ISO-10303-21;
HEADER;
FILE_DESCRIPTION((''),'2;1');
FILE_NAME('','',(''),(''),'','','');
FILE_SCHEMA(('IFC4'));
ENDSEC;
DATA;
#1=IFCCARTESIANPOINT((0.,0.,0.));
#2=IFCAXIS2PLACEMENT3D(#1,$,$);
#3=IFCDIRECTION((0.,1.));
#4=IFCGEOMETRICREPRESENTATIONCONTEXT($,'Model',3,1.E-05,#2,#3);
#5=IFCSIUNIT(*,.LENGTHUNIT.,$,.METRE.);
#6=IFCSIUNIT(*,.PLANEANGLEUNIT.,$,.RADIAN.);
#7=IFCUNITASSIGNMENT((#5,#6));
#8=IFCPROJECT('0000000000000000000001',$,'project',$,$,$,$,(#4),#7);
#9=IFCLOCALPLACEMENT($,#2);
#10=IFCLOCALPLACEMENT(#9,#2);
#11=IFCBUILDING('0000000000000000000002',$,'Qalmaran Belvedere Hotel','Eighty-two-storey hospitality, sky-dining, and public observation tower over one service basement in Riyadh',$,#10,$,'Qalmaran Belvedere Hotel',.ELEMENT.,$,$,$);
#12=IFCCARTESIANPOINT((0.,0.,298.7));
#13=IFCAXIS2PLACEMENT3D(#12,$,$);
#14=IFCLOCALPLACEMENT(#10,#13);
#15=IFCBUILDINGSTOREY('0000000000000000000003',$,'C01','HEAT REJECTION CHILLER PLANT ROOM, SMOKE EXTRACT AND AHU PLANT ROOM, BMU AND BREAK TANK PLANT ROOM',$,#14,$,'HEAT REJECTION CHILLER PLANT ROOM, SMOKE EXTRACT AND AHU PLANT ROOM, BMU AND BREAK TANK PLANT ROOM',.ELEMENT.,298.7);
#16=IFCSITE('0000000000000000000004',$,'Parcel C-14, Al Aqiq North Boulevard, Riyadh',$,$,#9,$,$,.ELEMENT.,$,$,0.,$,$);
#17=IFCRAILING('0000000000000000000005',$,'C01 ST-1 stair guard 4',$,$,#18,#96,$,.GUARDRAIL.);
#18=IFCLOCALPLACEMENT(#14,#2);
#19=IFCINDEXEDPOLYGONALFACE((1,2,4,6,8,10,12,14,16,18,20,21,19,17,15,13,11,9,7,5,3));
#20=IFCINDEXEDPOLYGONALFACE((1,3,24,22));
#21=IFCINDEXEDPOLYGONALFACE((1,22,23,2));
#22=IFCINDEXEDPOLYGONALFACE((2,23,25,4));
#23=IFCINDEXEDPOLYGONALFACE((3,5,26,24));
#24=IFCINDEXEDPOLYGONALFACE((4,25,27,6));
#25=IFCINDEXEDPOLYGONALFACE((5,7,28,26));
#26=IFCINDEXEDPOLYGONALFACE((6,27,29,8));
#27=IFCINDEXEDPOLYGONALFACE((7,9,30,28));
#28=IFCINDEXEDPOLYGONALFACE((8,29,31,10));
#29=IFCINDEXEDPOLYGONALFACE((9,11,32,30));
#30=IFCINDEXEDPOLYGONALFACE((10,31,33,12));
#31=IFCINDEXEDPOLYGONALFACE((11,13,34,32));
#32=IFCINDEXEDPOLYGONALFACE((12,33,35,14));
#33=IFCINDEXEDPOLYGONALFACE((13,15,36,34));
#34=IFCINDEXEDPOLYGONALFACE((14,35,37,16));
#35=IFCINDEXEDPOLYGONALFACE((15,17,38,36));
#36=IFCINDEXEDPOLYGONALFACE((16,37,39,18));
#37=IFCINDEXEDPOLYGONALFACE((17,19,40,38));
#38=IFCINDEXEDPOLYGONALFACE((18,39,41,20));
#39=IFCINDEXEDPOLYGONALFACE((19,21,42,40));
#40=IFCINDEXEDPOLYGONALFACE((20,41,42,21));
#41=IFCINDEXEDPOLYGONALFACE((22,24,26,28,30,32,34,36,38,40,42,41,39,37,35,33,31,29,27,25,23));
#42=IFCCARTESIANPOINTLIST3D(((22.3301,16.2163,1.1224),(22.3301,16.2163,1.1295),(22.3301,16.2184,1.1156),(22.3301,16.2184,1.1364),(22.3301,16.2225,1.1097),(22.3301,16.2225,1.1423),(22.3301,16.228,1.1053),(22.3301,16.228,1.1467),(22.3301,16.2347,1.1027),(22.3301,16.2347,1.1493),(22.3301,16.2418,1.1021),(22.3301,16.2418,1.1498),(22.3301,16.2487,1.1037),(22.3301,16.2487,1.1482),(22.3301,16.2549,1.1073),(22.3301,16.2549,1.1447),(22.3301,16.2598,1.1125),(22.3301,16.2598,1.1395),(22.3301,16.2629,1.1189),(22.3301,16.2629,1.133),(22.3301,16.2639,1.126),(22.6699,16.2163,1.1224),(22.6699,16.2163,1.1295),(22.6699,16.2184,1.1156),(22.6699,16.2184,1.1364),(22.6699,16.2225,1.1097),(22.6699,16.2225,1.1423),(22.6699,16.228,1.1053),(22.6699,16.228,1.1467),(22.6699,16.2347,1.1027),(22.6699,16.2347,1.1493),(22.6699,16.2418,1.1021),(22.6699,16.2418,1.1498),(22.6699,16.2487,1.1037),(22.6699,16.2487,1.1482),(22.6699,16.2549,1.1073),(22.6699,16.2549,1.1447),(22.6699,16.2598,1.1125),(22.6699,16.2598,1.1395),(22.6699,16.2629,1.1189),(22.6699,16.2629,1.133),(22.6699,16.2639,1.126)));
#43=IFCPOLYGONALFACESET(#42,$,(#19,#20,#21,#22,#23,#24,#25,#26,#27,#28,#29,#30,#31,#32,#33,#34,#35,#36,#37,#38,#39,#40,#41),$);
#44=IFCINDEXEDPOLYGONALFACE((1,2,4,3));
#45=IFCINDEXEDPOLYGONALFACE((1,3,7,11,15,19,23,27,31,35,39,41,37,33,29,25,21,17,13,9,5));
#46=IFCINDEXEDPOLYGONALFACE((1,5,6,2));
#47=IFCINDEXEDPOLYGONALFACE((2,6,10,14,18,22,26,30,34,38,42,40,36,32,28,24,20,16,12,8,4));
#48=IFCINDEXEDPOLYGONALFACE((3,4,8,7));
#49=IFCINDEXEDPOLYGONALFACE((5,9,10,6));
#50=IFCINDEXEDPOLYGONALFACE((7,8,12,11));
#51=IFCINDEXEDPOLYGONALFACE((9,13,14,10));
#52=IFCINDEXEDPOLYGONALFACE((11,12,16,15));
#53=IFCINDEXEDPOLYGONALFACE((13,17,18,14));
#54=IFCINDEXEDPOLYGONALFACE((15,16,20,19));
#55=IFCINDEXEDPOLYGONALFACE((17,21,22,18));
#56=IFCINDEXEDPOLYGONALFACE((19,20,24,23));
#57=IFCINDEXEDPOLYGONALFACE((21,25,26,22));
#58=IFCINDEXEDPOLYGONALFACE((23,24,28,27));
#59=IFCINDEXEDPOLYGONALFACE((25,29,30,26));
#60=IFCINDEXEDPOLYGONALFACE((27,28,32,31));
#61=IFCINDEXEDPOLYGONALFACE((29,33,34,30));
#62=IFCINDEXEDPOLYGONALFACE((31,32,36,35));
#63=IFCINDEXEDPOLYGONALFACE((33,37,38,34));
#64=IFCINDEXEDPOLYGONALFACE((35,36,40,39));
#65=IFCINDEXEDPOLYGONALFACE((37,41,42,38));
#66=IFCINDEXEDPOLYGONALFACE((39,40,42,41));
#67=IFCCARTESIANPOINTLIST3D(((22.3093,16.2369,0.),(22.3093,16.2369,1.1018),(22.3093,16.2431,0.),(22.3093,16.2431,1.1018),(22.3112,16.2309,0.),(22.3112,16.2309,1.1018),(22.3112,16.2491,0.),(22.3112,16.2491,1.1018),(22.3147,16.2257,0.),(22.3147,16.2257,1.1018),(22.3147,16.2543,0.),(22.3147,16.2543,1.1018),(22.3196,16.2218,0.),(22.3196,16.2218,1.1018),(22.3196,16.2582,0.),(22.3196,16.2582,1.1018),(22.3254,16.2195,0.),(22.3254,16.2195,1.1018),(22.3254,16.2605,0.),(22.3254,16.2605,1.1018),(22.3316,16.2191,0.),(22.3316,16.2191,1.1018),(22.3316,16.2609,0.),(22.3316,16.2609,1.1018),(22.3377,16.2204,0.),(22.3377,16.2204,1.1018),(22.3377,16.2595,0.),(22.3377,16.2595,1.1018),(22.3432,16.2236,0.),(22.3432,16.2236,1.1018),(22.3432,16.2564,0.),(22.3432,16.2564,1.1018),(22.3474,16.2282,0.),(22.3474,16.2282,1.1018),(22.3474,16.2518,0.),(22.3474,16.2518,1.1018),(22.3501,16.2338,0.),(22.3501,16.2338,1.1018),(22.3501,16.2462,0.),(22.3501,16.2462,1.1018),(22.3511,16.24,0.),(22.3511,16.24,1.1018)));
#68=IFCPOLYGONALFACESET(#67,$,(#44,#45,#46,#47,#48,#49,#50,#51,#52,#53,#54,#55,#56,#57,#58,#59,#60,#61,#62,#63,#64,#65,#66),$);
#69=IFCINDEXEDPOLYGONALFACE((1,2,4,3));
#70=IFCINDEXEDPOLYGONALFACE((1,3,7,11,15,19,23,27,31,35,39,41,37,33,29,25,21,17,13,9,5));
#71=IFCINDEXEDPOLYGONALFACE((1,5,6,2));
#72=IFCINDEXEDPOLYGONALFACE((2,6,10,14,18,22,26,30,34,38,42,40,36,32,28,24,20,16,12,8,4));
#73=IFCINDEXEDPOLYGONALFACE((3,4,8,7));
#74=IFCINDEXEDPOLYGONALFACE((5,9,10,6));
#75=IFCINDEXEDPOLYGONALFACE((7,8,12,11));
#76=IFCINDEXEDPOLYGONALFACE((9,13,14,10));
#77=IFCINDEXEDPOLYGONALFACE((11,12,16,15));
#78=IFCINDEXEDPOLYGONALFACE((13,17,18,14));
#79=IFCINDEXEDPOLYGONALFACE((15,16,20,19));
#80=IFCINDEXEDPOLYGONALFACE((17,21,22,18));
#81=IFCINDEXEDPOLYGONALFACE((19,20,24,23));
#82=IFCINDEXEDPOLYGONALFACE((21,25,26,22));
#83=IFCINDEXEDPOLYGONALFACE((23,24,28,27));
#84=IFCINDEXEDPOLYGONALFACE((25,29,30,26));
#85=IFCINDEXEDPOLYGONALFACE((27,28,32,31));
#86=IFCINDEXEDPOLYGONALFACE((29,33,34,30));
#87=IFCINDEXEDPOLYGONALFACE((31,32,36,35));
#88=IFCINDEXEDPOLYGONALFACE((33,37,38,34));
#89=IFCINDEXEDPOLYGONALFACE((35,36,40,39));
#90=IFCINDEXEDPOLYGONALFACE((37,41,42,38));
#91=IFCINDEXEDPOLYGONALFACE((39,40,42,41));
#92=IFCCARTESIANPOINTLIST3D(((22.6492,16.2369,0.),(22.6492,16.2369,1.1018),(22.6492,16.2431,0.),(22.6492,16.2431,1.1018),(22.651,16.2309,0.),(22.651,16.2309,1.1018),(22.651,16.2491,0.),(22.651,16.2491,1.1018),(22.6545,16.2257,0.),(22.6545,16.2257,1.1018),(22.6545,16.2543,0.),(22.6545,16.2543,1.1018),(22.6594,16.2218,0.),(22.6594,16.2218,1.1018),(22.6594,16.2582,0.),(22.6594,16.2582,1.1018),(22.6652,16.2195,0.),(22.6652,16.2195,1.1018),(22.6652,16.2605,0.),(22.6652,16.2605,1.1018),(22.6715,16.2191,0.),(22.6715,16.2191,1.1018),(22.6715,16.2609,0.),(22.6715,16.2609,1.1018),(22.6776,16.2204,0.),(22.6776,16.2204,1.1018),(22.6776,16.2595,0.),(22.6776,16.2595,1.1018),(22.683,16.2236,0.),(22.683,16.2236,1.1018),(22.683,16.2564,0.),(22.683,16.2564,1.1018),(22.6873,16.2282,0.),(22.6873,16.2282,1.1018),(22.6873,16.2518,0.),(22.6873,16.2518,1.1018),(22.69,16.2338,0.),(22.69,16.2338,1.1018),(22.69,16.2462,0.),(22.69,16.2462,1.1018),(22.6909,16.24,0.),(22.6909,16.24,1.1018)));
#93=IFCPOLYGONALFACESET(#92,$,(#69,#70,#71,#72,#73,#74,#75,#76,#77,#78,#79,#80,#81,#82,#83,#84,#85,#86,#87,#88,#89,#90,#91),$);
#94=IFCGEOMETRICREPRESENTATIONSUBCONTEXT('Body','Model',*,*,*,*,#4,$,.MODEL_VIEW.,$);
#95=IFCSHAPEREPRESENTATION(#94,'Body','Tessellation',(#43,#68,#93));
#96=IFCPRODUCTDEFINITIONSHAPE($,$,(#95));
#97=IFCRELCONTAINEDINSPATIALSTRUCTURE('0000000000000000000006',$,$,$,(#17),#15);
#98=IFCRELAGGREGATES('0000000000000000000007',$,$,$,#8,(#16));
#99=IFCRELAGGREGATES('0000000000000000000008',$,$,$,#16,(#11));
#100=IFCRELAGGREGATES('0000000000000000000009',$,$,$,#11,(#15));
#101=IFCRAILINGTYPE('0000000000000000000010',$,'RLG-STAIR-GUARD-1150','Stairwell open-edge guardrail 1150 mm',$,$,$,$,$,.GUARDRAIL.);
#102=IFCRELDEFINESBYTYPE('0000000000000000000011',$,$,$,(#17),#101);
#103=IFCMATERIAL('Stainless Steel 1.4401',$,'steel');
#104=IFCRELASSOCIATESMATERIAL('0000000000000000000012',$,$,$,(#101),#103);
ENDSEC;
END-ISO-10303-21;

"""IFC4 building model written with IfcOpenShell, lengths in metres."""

from ifc_helpers import new_model, si_unit, direction, frame, origin, origin_2d, place, context, subcontext, project, spatial, circle, extrude, material, type_object, element, save


model = new_model("IFC4")

# Units and contexts
model_context = context("Model", 3, precision=1e-05, world=origin(), true_north=direction((0.0, 1.0)))
body_context = subcontext(model_context, "Body", "Model", "MODEL_VIEW")
ifc_project = project(units=[si_unit("LENGTHUNIT", "METRE"), si_unit("PLANEANGLEUNIT", "RADIAN")], contexts=[model_context])

# Site, building, storey
site_placement = place(None, origin())
site = spatial("IfcSite", under=ifc_project, at=site_placement, Name="Parcel C-14, Al Aqiq North Boulevard, Riyadh", CompositionType="ELEMENT", RefElevation=0.0)
building_placement = place(site_placement, origin())
building = spatial("IfcBuilding", under=site, at=building_placement, Name="Qalmaran Belvedere Hotel", Description="Eighty-two-storey hospitality, sky-dining, and public observation tower over one service basement in Riyadh", LongName="Qalmaran Belvedere Hotel", CompositionType="ELEMENT")
storey_placement = place(building_placement, frame((0.0, 0.0, 298.7)))
storey = spatial("IfcBuildingStorey", under=building, at=storey_placement, Name="C01", Description="HEAT REJECTION CHILLER PLANT ROOM, SMOKE EXTRACT AND AHU PLANT ROOM, BMU AND BREAK TANK PLANT ROOM", LongName="HEAT REJECTION CHILLER PLANT ROOM, SMOKE EXTRACT AND AHU PLANT ROOM, BMU AND BREAK TANK PLANT ROOM", CompositionType="ELEMENT", Elevation=298.7)

# Shared definitions
ifc_material_1 = material(Name="Stainless Steel 1.4401", Category="steel")

# Railing
railing_type_1 = type_object("IfcRailingType", Name="RLG-STAIR-GUARD-1150", Description="Stairwell open-edge guardrail 1150 mm", PredefinedType="GUARDRAIL", material=ifc_material_1)
railing_1_placement = place(storey_placement, frame((22.3301, 16.24, 0.0)))
element("IfcRailing", 1, at=railing_1_placement, inside=storey, type_object=railing_type_1, Name="C01 ST-1 stair guard 4", PredefinedType="GUARDRAIL", context=body_context, shape_type="SweptSolid", body=[
    extrude(circle(Radius=0.0239, at=origin_2d()), frame((0.0, 0.0, 1.126), z_axis=(1.0, 0.0, 0.0), x_axis=(0.0, 1.0, 0.0)), (0.0, 0.0, 1.0), 0.3398),
    extrude(circle(Radius=0.021, at=origin_2d()), origin(), (0.0, 0.0, 1.0), 1.1018),
    extrude(circle(Radius=0.021, at=origin_2d()), frame((0.3398, 0.0, 0.0)), (0.0, 0.0, 1.0), 1.1018),
])

save(model, "model.ifc")
